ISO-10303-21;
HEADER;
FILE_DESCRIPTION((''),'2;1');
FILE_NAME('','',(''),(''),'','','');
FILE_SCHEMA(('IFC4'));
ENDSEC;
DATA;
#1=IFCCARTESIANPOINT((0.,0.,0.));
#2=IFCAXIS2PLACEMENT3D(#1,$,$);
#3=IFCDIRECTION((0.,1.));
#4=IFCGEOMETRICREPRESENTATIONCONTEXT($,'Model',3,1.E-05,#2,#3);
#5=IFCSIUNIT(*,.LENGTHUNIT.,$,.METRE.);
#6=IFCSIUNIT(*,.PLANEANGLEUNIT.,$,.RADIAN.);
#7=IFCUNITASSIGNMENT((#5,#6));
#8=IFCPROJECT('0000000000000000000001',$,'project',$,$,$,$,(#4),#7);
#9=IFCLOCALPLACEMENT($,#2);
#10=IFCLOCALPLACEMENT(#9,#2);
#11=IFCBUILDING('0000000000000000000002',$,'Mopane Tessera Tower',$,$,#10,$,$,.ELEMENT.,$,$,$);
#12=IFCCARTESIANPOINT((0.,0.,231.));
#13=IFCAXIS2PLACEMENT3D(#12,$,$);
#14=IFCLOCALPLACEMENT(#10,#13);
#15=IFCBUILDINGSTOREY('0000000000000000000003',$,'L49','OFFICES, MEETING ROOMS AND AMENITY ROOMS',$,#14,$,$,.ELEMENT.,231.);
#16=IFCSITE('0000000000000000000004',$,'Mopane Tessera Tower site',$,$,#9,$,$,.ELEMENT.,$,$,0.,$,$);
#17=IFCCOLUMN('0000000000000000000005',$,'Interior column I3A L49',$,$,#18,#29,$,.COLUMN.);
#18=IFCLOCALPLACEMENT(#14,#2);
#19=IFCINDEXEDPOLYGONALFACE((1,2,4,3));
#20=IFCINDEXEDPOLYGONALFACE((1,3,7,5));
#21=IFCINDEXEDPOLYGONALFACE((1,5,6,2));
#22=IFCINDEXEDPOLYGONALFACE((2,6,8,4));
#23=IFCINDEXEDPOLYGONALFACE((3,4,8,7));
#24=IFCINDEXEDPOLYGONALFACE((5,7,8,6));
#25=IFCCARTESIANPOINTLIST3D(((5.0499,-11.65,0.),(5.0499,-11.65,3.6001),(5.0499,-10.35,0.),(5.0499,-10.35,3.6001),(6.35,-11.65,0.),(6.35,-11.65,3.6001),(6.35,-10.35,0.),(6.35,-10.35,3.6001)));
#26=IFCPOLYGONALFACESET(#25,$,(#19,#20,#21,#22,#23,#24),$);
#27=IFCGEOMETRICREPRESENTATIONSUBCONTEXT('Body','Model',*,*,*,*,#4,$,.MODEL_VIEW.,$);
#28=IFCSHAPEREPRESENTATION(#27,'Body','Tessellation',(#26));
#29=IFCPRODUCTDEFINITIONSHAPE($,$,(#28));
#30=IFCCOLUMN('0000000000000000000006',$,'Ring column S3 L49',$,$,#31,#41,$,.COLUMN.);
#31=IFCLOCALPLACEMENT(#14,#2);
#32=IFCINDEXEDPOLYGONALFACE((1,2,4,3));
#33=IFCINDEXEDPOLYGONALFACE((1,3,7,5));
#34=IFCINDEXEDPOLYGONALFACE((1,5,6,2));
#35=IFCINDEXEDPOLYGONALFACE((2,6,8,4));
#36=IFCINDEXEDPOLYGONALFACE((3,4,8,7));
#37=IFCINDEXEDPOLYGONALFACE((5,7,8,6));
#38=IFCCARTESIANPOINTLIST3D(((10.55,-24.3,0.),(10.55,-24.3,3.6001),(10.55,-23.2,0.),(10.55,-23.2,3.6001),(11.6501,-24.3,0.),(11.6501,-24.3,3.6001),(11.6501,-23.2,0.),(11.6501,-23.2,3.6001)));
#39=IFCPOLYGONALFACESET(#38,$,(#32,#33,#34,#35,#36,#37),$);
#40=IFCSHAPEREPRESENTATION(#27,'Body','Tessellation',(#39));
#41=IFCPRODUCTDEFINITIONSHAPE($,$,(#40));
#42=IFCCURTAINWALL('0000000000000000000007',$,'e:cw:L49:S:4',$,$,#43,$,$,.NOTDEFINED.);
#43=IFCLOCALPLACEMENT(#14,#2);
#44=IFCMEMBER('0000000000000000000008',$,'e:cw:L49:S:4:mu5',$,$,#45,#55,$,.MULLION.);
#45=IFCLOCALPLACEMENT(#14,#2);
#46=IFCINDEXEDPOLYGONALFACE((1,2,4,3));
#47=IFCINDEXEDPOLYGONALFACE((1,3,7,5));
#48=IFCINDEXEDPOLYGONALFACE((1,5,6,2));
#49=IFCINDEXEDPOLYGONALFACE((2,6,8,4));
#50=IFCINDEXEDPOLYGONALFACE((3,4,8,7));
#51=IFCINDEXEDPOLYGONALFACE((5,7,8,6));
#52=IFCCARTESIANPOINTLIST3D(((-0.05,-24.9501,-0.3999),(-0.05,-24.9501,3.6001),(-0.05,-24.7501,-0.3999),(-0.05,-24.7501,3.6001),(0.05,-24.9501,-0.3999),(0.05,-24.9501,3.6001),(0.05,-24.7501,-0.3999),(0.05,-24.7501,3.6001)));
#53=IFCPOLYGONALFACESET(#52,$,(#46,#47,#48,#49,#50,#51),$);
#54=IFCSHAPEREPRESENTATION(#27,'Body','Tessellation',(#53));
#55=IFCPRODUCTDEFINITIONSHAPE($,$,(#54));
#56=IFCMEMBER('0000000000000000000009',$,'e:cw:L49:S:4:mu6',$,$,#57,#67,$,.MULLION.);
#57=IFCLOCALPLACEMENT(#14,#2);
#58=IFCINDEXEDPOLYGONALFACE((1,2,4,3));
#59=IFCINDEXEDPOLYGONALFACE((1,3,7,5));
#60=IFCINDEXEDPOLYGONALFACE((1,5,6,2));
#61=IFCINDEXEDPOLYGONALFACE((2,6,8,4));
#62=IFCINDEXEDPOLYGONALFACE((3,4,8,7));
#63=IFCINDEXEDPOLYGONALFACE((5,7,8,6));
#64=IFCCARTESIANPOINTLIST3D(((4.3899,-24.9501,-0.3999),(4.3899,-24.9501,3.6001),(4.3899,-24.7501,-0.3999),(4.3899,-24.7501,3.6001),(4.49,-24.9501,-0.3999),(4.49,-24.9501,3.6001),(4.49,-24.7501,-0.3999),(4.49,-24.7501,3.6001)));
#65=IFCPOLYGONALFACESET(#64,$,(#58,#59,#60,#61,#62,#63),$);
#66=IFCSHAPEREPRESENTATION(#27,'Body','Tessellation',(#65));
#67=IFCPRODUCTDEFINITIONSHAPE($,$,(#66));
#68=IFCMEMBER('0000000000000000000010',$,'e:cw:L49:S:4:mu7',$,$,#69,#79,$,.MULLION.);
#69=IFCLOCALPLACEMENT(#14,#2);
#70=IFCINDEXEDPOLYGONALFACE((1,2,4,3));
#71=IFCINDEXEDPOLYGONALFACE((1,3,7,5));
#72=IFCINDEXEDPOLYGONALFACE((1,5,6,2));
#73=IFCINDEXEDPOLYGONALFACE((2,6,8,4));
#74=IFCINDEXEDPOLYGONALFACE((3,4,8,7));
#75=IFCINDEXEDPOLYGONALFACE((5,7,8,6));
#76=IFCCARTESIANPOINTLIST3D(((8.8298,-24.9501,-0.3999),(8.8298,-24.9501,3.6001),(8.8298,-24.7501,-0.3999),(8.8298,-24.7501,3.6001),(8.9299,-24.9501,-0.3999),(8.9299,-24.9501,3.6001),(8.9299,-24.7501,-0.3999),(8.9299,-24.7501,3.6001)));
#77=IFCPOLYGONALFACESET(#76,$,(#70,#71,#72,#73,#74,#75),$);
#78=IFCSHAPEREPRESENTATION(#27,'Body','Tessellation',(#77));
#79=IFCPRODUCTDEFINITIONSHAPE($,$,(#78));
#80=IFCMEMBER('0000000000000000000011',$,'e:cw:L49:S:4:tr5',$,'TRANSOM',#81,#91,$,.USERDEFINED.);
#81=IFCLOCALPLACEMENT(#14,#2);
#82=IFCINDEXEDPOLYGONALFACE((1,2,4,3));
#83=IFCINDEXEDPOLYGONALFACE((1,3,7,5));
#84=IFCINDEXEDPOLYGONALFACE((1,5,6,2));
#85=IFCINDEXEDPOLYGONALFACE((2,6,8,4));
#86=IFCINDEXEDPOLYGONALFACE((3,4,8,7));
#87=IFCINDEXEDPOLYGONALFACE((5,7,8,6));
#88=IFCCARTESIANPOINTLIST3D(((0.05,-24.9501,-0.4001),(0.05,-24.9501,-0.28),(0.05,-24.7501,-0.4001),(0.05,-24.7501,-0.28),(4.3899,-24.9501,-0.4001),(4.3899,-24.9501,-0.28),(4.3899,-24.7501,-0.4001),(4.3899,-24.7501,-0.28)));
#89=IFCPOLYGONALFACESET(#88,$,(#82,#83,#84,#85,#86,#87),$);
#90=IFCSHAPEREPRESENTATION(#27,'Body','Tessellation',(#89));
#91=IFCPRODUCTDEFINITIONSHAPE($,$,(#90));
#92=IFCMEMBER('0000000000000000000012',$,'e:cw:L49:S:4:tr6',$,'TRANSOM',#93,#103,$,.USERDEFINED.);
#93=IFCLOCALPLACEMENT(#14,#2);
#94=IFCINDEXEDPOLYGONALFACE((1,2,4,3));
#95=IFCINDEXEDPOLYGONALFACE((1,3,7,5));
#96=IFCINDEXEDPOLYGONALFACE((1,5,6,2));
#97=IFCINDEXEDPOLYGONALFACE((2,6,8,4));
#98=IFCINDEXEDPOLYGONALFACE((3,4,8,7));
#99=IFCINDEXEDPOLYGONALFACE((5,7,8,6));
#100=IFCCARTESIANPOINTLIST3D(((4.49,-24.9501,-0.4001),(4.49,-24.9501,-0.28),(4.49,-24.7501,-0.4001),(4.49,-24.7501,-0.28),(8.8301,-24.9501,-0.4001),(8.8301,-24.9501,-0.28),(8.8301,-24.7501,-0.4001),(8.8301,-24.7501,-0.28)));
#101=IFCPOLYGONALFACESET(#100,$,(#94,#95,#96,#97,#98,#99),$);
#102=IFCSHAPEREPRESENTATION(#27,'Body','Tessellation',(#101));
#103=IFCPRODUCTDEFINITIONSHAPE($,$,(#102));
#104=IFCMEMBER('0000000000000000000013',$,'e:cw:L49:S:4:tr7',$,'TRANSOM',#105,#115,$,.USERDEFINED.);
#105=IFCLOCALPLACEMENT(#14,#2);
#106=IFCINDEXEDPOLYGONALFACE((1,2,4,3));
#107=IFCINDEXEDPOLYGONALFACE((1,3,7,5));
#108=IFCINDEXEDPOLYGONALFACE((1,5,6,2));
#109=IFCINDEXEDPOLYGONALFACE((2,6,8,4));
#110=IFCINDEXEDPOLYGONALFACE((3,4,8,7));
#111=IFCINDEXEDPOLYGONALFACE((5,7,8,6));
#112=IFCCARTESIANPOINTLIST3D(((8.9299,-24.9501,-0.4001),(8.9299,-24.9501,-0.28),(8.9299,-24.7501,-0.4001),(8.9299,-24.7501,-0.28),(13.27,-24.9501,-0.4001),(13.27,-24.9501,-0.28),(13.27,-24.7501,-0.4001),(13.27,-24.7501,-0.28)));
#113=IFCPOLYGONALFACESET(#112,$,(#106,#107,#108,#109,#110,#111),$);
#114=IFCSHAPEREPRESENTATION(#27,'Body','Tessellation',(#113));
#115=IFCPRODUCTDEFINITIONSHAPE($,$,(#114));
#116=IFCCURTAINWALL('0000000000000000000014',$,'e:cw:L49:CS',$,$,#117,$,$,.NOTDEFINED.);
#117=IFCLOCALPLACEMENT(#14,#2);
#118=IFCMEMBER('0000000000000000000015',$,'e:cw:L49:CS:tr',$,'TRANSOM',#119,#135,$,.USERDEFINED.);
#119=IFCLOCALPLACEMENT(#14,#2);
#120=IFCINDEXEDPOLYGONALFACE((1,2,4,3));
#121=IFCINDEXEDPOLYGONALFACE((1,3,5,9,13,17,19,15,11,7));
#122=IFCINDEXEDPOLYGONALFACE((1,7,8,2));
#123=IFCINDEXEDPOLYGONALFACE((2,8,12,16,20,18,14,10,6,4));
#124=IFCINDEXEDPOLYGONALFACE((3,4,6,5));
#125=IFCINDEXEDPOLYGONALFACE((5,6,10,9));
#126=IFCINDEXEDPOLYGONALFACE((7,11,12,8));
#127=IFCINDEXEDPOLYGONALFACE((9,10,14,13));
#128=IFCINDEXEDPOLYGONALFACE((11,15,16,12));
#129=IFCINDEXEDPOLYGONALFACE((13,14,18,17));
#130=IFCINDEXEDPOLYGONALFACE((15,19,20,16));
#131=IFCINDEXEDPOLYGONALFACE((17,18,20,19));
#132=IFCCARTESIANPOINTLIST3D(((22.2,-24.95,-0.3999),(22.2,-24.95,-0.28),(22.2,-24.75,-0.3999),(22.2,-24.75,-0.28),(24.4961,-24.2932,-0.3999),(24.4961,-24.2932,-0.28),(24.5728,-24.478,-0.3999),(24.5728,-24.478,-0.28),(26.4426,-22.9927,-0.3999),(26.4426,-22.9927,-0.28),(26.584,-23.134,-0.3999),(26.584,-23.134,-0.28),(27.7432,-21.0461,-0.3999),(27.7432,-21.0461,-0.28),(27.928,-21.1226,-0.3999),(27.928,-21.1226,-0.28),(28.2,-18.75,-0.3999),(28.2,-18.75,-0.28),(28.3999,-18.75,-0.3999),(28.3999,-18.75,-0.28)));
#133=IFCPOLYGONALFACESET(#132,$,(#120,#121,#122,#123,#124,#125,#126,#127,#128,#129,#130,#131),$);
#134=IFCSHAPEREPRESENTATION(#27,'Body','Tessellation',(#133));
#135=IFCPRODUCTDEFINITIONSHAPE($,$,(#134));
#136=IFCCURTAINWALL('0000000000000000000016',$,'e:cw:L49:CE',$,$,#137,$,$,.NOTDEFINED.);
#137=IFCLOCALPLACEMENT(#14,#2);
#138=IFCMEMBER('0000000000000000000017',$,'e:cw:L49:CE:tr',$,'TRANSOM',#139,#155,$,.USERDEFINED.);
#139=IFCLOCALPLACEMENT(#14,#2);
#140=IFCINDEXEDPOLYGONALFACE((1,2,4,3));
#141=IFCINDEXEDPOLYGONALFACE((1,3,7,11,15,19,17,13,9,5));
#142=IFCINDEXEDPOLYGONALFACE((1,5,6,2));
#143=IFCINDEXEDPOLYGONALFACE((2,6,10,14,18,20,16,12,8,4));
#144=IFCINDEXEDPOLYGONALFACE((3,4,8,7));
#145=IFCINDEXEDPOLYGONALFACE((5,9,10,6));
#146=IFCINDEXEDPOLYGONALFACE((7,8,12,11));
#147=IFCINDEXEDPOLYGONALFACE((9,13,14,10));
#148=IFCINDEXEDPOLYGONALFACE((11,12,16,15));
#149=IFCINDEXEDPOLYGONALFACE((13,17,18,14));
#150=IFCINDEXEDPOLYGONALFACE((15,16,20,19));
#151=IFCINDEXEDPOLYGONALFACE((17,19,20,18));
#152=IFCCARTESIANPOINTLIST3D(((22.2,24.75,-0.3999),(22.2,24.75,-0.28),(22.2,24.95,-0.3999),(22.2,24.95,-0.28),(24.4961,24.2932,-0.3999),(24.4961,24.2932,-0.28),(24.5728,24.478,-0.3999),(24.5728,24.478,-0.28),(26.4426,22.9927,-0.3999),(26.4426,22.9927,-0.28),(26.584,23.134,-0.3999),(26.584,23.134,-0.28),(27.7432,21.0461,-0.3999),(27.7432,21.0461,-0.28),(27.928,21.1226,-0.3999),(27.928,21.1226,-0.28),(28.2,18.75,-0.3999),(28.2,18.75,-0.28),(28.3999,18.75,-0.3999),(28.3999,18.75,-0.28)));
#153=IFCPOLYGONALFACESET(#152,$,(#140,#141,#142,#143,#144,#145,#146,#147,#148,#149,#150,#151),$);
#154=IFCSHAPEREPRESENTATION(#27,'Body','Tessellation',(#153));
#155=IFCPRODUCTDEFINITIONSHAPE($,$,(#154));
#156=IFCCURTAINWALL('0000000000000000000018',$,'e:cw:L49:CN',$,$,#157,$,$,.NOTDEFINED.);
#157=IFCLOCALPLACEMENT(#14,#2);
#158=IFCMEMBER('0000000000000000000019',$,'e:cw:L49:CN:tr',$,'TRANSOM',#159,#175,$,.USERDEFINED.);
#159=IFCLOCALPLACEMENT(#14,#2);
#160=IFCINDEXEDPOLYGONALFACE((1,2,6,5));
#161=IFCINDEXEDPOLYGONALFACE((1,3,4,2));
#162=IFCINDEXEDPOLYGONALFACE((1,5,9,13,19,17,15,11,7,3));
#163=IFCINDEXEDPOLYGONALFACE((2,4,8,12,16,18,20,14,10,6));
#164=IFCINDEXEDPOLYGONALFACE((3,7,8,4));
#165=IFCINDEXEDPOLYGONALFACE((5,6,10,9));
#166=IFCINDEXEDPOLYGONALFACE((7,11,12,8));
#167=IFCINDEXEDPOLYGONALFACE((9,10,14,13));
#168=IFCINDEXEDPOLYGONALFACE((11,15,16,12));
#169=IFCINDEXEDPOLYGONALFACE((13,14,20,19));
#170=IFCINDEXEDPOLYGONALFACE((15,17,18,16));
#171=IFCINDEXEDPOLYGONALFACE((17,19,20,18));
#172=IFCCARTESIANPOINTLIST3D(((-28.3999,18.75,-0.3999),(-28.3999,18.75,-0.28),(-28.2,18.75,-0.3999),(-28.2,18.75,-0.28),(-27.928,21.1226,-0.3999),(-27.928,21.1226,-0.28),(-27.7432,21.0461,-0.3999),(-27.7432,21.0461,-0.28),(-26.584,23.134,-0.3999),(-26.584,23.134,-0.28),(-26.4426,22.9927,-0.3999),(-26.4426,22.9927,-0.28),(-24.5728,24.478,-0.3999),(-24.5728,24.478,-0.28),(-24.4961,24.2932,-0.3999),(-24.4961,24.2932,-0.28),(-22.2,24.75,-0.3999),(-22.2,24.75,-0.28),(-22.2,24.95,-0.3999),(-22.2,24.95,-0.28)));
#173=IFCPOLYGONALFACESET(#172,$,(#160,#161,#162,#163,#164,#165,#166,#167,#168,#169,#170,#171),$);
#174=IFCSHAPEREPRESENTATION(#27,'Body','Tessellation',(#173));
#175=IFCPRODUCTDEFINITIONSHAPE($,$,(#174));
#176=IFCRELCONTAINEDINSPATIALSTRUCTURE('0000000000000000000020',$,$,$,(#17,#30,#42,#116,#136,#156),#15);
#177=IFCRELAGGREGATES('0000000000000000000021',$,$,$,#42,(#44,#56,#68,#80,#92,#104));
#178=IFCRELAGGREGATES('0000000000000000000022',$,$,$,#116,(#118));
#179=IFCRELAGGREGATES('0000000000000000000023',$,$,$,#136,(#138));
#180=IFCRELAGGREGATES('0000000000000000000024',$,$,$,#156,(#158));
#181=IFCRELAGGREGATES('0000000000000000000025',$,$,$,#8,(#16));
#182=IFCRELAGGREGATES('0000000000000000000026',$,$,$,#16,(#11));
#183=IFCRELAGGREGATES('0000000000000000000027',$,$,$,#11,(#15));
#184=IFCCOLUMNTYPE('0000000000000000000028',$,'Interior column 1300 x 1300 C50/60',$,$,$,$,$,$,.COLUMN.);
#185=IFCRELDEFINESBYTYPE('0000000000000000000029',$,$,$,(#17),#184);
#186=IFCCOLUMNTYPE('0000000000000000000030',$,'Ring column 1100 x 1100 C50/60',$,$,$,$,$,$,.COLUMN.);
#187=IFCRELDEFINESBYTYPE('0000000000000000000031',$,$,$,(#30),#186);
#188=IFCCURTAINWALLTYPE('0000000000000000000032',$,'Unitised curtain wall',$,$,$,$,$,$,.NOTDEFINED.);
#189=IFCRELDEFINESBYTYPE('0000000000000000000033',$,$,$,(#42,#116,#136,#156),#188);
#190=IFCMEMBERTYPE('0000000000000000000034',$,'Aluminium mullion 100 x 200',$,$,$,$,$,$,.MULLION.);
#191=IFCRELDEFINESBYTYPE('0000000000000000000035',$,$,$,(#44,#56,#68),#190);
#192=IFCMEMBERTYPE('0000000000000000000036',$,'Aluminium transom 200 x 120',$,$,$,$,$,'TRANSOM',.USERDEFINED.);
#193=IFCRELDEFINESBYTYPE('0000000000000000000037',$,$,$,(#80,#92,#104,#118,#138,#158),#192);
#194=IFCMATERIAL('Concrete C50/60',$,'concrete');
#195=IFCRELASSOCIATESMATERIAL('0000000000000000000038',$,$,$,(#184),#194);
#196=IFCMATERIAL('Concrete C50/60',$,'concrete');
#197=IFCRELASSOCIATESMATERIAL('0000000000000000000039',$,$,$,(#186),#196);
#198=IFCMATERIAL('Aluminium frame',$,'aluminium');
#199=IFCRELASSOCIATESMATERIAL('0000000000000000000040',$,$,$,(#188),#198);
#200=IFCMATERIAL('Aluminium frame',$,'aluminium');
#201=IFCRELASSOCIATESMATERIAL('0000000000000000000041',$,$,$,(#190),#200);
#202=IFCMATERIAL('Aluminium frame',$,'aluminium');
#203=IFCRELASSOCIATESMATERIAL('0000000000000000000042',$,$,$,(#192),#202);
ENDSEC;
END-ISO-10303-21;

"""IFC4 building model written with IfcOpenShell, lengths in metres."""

from ifc_helpers import new_model, si_unit, direction, frame, origin, origin_2d, place, context, subcontext, project, spatial, polyline, rectangle, outline, extrude, material, material_profile, profile_set, type_object, element, aggregate, save


model = new_model("IFC4")

# Units and contexts
model_context = context("Model", 3, precision=1e-05, world=origin(), true_north=direction((0.0, 1.0)))
body_context = subcontext(model_context, "Body", "Model", "MODEL_VIEW")
ifc_project = project(units=[si_unit("LENGTHUNIT", "METRE"), si_unit("PLANEANGLEUNIT", "RADIAN")], contexts=[model_context])

# Site, building, storey
site_placement = place(None, origin())
site = spatial("IfcSite", under=ifc_project, at=site_placement, Name="Mopane Tessera Tower site", CompositionType="ELEMENT", RefElevation=0.0)
building_placement = place(site_placement, origin())
building = spatial("IfcBuilding", under=site, at=building_placement, Name="Mopane Tessera Tower", CompositionType="ELEMENT")
storey_placement = place(building_placement, frame((0.0, 0.0, 231.0)))
storey = spatial("IfcBuildingStorey", under=building, at=storey_placement, Name="L49", Description="OFFICES, MEETING ROOMS AND AMENITY ROOMS", CompositionType="ELEMENT", Elevation=231.0)

# Columns
ifc_material_1 = material(Name="Concrete C50/60", Category="concrete")
ifc_material_profile_1 = material_profile(ifc_material_1, rectangle(XDim=1.3, YDim=1.3, at=origin_2d()))
ifc_profile_set_1 = profile_set([ifc_material_profile_1], Name="Concrete C50/60")
column_type_1 = type_object("IfcColumnType", Name="Interior column 1300 x 1300 C50/60", PredefinedType="COLUMN", material=ifc_profile_set_1)
column_1_placement = place(storey_placement, frame((5.7, -11.0, 0.0), z_axis=(0.0, 0.0, 1.0), x_axis=(1.0, 0.0, 0.0)))
element("IfcColumn", 1, at=column_1_placement, inside=storey, type_object=column_type_1, Name="Interior column I3A L49", PredefinedType="COLUMN", context=body_context, shape_type="SweptSolid", body=[
    extrude(rectangle(XDim=1.3, YDim=1.3, at=origin_2d()), origin(), (0.0, 0.0, 1.0), 3.6001),
])
ifc_material_2 = material(Name="Concrete C50/60", Category="concrete")
ifc_material_profile_2 = material_profile(ifc_material_2, rectangle(XDim=1.1001, YDim=1.1001, at=origin_2d()))
ifc_profile_set_2 = profile_set([ifc_material_profile_2], Name="Concrete C50/60")
column_type_2 = type_object("IfcColumnType", Name="Ring column 1100 x 1100 C50/60", PredefinedType="COLUMN", material=ifc_profile_set_2)
column_2_placement = place(storey_placement, frame((11.1001, -23.75, 0.0), z_axis=(0.0, 0.0, 1.0), x_axis=(1.0, 0.0, 0.0)))
element("IfcColumn", 2, at=column_2_placement, inside=storey, type_object=column_type_2, Name="Ring column S3 L49", PredefinedType="COLUMN", context=body_context, shape_type="SweptSolid", body=[
    extrude(rectangle(XDim=1.1001, YDim=1.1001, at=origin_2d()), origin(), (0.0, 0.0, 1.0), 3.6001),
])

# Curtain wall, members
ifc_material_3 = material(Name="Aluminium frame", Category="aluminium")
curtain_wall_type = type_object("IfcCurtainWallType", Name="Unitised curtain wall", PredefinedType="NOTDEFINED", material=ifc_material_3)
curtain_wall_1_placement = place(storey_placement, origin())
curtain_wall_1 = element("IfcCurtainWall", 3, at=curtain_wall_1_placement, inside=storey, type_object=curtain_wall_type, Name="e:cw:L49:S:4", PredefinedType="NOTDEFINED")
ifc_material_4 = material(Name="Aluminium frame", Category="aluminium")
ifc_material_profile_3 = material_profile(ifc_material_4, rectangle(XDim=0.1001, YDim=0.2, at=origin_2d()))
ifc_profile_set_3 = profile_set([ifc_material_profile_3], Name="Aluminium frame")
member_type_1 = type_object("IfcMemberType", Name="Aluminium mullion 100 x 200", PredefinedType="MULLION", material=ifc_profile_set_3)
member_1_placement = place(storey_placement, frame((0.0, -24.8501, -0.3999), z_axis=(0.0, 0.0, 1.0), x_axis=(1.0, 0.0, 0.0)))
member_1 = element("IfcMember", 4, at=member_1_placement, type_object=member_type_1, Name="e:cw:L49:S:4:mu5", PredefinedType="MULLION", context=body_context, shape_type="SweptSolid", body=[
    extrude(rectangle(XDim=0.1001, YDim=0.2, at=origin_2d()), origin(), (0.0, 0.0, 1.0), 4.0),
])
member_2_placement = place(storey_placement, frame((4.4399, -24.8501, -0.3999), z_axis=(0.0, 0.0, 1.0), x_axis=(1.0, 0.0, 0.0)))
member_2 = element("IfcMember", 5, at=member_2_placement, type_object=member_type_1, Name="e:cw:L49:S:4:mu6", PredefinedType="MULLION", context=body_context, shape_type="SweptSolid", body=[
    extrude(rectangle(XDim=0.1001, YDim=0.2, at=origin_2d()), origin(), (0.0, 0.0, 1.0), 4.0),
])
member_3_placement = place(storey_placement, frame((8.8799, -24.8501, -0.3999), z_axis=(0.0, 0.0, 1.0), x_axis=(1.0, 0.0, 0.0)))
member_3 = element("IfcMember", 6, at=member_3_placement, type_object=member_type_1, Name="e:cw:L49:S:4:mu7", PredefinedType="MULLION", context=body_context, shape_type="SweptSolid", body=[
    extrude(rectangle(XDim=0.1001, YDim=0.2, at=origin_2d()), origin(), (0.0, 0.0, 1.0), 4.0),
])
ifc_material_5 = material(Name="Aluminium frame", Category="aluminium")
ifc_material_profile_4 = material_profile(ifc_material_5, rectangle(XDim=0.2, YDim=0.1201, at=origin_2d()))
ifc_profile_set_4 = profile_set([ifc_material_profile_4], Name="Aluminium frame")
member_type_2 = type_object("IfcMemberType", Name="Aluminium transom 200 x 120", ElementType="TRANSOM", PredefinedType="USERDEFINED", material=ifc_profile_set_4)
member_4_placement = place(storey_placement, frame((0.05, -24.8501, -0.3401), z_axis=(1.0, 0.0, 0.0), x_axis=(0.0, 1.0, 0.0)))
member_4 = element("IfcMember", 7, at=member_4_placement, type_object=member_type_2, Name="e:cw:L49:S:4:tr5", ObjectType="TRANSOM", PredefinedType="USERDEFINED", context=body_context, shape_type="SweptSolid", body=[
    extrude(rectangle(XDim=0.2, YDim=0.1201, at=origin_2d()), origin(), (0.0, 0.0, 1.0), 4.3398),
])
member_5_placement = place(storey_placement, frame((4.49, -24.8501, -0.3401), z_axis=(1.0, 0.0, 0.0), x_axis=(0.0, 1.0, 0.0)))
member_5 = element("IfcMember", 8, at=member_5_placement, type_object=member_type_2, Name="e:cw:L49:S:4:tr6", ObjectType="TRANSOM", PredefinedType="USERDEFINED", context=body_context, shape_type="SweptSolid", body=[
    extrude(rectangle(XDim=0.2, YDim=0.1201, at=origin_2d()), origin(), (0.0, 0.0, 1.0), 4.3401),
])
member_6_placement = place(storey_placement, frame((8.9299, -24.8501, -0.3401), z_axis=(1.0, 0.0, 0.0), x_axis=(0.0, 1.0, 0.0)))
member_6 = element("IfcMember", 9, at=member_6_placement, type_object=member_type_2, Name="e:cw:L49:S:4:tr7", ObjectType="TRANSOM", PredefinedType="USERDEFINED", context=body_context, shape_type="SweptSolid", body=[
    extrude(rectangle(XDim=0.2, YDim=0.1201, at=origin_2d()), origin(), (0.0, 0.0, 1.0), 4.3401),
])

# Curtain walls, members
curtain_wall_2_placement = place(storey_placement, origin())
curtain_wall_2 = element("IfcCurtainWall", 10, at=curtain_wall_2_placement, inside=storey, type_object=curtain_wall_type, Name="e:cw:L49:CS", PredefinedType="NOTDEFINED")
member_7_placement = place(storey_placement, frame((0.0, 0.0, -0.3999)))
member_7 = element("IfcMember", 11, at=member_7_placement, type_object=member_type_2, Name="e:cw:L49:CS:tr", ObjectType="TRANSOM", PredefinedType="USERDEFINED", context=body_context, shape_type="SweptSolid", body=[
    extrude(outline(polyline([(22.2, -24.75), (24.4961, -24.2932), (26.4426, -22.9927), (27.7432, -21.0461), (28.2, -18.75), (28.3999, -18.75), (27.928, -21.1226), (26.584, -23.134), (24.5728, -24.478), (22.2, -24.95), (22.2, -24.75)])), origin(), (0.0, 0.0, 1.0), 0.1199),
])
curtain_wall_3_placement = place(storey_placement, origin())
curtain_wall_3 = element("IfcCurtainWall", 12, at=curtain_wall_3_placement, inside=storey, type_object=curtain_wall_type, Name="e:cw:L49:CE", PredefinedType="NOTDEFINED")
member_8_placement = place(storey_placement, frame((0.0, 0.0, -0.3999)))
member_8 = element("IfcMember", 13, at=member_8_placement, type_object=member_type_2, Name="e:cw:L49:CE:tr", ObjectType="TRANSOM", PredefinedType="USERDEFINED", context=body_context, shape_type="SweptSolid", body=[
    extrude(outline(polyline([(28.2, 18.75), (27.7432, 21.0461), (26.4426, 22.9927), (24.4961, 24.2932), (22.2, 24.75), (22.2, 24.95), (24.5728, 24.478), (26.584, 23.134), (27.928, 21.1226), (28.3999, 18.75), (28.2, 18.75)])), origin(), (0.0, 0.0, 1.0), 0.1199),
])
curtain_wall_4_placement = place(storey_placement, origin())
curtain_wall_4 = element("IfcCurtainWall", 14, at=curtain_wall_4_placement, inside=storey, type_object=curtain_wall_type, Name="e:cw:L49:CN", PredefinedType="NOTDEFINED")
member_9_placement = place(storey_placement, frame((0.0, 0.0, -0.3999)))
member_9 = element("IfcMember", 15, at=member_9_placement, type_object=member_type_2, Name="e:cw:L49:CN:tr", ObjectType="TRANSOM", PredefinedType="USERDEFINED", context=body_context, shape_type="SweptSolid", body=[
    extrude(outline(polyline([(-22.2, 24.75), (-24.4961, 24.2932), (-26.4426, 22.9927), (-27.7432, 21.0461), (-28.2, 18.75), (-28.3999, 18.75), (-27.928, 21.1226), (-26.584, 23.134), (-24.5728, 24.478), (-22.2, 24.95), (-22.2, 24.75)])), origin(), (0.0, 0.0, 1.0), 0.1199),
])

aggregate(curtain_wall_1, [member_1, member_2, member_3, member_4, member_5, member_6])
aggregate(curtain_wall_2, [member_7])
aggregate(curtain_wall_3, [member_8])
aggregate(curtain_wall_4, [member_9])

save(model, "model.ifc")
